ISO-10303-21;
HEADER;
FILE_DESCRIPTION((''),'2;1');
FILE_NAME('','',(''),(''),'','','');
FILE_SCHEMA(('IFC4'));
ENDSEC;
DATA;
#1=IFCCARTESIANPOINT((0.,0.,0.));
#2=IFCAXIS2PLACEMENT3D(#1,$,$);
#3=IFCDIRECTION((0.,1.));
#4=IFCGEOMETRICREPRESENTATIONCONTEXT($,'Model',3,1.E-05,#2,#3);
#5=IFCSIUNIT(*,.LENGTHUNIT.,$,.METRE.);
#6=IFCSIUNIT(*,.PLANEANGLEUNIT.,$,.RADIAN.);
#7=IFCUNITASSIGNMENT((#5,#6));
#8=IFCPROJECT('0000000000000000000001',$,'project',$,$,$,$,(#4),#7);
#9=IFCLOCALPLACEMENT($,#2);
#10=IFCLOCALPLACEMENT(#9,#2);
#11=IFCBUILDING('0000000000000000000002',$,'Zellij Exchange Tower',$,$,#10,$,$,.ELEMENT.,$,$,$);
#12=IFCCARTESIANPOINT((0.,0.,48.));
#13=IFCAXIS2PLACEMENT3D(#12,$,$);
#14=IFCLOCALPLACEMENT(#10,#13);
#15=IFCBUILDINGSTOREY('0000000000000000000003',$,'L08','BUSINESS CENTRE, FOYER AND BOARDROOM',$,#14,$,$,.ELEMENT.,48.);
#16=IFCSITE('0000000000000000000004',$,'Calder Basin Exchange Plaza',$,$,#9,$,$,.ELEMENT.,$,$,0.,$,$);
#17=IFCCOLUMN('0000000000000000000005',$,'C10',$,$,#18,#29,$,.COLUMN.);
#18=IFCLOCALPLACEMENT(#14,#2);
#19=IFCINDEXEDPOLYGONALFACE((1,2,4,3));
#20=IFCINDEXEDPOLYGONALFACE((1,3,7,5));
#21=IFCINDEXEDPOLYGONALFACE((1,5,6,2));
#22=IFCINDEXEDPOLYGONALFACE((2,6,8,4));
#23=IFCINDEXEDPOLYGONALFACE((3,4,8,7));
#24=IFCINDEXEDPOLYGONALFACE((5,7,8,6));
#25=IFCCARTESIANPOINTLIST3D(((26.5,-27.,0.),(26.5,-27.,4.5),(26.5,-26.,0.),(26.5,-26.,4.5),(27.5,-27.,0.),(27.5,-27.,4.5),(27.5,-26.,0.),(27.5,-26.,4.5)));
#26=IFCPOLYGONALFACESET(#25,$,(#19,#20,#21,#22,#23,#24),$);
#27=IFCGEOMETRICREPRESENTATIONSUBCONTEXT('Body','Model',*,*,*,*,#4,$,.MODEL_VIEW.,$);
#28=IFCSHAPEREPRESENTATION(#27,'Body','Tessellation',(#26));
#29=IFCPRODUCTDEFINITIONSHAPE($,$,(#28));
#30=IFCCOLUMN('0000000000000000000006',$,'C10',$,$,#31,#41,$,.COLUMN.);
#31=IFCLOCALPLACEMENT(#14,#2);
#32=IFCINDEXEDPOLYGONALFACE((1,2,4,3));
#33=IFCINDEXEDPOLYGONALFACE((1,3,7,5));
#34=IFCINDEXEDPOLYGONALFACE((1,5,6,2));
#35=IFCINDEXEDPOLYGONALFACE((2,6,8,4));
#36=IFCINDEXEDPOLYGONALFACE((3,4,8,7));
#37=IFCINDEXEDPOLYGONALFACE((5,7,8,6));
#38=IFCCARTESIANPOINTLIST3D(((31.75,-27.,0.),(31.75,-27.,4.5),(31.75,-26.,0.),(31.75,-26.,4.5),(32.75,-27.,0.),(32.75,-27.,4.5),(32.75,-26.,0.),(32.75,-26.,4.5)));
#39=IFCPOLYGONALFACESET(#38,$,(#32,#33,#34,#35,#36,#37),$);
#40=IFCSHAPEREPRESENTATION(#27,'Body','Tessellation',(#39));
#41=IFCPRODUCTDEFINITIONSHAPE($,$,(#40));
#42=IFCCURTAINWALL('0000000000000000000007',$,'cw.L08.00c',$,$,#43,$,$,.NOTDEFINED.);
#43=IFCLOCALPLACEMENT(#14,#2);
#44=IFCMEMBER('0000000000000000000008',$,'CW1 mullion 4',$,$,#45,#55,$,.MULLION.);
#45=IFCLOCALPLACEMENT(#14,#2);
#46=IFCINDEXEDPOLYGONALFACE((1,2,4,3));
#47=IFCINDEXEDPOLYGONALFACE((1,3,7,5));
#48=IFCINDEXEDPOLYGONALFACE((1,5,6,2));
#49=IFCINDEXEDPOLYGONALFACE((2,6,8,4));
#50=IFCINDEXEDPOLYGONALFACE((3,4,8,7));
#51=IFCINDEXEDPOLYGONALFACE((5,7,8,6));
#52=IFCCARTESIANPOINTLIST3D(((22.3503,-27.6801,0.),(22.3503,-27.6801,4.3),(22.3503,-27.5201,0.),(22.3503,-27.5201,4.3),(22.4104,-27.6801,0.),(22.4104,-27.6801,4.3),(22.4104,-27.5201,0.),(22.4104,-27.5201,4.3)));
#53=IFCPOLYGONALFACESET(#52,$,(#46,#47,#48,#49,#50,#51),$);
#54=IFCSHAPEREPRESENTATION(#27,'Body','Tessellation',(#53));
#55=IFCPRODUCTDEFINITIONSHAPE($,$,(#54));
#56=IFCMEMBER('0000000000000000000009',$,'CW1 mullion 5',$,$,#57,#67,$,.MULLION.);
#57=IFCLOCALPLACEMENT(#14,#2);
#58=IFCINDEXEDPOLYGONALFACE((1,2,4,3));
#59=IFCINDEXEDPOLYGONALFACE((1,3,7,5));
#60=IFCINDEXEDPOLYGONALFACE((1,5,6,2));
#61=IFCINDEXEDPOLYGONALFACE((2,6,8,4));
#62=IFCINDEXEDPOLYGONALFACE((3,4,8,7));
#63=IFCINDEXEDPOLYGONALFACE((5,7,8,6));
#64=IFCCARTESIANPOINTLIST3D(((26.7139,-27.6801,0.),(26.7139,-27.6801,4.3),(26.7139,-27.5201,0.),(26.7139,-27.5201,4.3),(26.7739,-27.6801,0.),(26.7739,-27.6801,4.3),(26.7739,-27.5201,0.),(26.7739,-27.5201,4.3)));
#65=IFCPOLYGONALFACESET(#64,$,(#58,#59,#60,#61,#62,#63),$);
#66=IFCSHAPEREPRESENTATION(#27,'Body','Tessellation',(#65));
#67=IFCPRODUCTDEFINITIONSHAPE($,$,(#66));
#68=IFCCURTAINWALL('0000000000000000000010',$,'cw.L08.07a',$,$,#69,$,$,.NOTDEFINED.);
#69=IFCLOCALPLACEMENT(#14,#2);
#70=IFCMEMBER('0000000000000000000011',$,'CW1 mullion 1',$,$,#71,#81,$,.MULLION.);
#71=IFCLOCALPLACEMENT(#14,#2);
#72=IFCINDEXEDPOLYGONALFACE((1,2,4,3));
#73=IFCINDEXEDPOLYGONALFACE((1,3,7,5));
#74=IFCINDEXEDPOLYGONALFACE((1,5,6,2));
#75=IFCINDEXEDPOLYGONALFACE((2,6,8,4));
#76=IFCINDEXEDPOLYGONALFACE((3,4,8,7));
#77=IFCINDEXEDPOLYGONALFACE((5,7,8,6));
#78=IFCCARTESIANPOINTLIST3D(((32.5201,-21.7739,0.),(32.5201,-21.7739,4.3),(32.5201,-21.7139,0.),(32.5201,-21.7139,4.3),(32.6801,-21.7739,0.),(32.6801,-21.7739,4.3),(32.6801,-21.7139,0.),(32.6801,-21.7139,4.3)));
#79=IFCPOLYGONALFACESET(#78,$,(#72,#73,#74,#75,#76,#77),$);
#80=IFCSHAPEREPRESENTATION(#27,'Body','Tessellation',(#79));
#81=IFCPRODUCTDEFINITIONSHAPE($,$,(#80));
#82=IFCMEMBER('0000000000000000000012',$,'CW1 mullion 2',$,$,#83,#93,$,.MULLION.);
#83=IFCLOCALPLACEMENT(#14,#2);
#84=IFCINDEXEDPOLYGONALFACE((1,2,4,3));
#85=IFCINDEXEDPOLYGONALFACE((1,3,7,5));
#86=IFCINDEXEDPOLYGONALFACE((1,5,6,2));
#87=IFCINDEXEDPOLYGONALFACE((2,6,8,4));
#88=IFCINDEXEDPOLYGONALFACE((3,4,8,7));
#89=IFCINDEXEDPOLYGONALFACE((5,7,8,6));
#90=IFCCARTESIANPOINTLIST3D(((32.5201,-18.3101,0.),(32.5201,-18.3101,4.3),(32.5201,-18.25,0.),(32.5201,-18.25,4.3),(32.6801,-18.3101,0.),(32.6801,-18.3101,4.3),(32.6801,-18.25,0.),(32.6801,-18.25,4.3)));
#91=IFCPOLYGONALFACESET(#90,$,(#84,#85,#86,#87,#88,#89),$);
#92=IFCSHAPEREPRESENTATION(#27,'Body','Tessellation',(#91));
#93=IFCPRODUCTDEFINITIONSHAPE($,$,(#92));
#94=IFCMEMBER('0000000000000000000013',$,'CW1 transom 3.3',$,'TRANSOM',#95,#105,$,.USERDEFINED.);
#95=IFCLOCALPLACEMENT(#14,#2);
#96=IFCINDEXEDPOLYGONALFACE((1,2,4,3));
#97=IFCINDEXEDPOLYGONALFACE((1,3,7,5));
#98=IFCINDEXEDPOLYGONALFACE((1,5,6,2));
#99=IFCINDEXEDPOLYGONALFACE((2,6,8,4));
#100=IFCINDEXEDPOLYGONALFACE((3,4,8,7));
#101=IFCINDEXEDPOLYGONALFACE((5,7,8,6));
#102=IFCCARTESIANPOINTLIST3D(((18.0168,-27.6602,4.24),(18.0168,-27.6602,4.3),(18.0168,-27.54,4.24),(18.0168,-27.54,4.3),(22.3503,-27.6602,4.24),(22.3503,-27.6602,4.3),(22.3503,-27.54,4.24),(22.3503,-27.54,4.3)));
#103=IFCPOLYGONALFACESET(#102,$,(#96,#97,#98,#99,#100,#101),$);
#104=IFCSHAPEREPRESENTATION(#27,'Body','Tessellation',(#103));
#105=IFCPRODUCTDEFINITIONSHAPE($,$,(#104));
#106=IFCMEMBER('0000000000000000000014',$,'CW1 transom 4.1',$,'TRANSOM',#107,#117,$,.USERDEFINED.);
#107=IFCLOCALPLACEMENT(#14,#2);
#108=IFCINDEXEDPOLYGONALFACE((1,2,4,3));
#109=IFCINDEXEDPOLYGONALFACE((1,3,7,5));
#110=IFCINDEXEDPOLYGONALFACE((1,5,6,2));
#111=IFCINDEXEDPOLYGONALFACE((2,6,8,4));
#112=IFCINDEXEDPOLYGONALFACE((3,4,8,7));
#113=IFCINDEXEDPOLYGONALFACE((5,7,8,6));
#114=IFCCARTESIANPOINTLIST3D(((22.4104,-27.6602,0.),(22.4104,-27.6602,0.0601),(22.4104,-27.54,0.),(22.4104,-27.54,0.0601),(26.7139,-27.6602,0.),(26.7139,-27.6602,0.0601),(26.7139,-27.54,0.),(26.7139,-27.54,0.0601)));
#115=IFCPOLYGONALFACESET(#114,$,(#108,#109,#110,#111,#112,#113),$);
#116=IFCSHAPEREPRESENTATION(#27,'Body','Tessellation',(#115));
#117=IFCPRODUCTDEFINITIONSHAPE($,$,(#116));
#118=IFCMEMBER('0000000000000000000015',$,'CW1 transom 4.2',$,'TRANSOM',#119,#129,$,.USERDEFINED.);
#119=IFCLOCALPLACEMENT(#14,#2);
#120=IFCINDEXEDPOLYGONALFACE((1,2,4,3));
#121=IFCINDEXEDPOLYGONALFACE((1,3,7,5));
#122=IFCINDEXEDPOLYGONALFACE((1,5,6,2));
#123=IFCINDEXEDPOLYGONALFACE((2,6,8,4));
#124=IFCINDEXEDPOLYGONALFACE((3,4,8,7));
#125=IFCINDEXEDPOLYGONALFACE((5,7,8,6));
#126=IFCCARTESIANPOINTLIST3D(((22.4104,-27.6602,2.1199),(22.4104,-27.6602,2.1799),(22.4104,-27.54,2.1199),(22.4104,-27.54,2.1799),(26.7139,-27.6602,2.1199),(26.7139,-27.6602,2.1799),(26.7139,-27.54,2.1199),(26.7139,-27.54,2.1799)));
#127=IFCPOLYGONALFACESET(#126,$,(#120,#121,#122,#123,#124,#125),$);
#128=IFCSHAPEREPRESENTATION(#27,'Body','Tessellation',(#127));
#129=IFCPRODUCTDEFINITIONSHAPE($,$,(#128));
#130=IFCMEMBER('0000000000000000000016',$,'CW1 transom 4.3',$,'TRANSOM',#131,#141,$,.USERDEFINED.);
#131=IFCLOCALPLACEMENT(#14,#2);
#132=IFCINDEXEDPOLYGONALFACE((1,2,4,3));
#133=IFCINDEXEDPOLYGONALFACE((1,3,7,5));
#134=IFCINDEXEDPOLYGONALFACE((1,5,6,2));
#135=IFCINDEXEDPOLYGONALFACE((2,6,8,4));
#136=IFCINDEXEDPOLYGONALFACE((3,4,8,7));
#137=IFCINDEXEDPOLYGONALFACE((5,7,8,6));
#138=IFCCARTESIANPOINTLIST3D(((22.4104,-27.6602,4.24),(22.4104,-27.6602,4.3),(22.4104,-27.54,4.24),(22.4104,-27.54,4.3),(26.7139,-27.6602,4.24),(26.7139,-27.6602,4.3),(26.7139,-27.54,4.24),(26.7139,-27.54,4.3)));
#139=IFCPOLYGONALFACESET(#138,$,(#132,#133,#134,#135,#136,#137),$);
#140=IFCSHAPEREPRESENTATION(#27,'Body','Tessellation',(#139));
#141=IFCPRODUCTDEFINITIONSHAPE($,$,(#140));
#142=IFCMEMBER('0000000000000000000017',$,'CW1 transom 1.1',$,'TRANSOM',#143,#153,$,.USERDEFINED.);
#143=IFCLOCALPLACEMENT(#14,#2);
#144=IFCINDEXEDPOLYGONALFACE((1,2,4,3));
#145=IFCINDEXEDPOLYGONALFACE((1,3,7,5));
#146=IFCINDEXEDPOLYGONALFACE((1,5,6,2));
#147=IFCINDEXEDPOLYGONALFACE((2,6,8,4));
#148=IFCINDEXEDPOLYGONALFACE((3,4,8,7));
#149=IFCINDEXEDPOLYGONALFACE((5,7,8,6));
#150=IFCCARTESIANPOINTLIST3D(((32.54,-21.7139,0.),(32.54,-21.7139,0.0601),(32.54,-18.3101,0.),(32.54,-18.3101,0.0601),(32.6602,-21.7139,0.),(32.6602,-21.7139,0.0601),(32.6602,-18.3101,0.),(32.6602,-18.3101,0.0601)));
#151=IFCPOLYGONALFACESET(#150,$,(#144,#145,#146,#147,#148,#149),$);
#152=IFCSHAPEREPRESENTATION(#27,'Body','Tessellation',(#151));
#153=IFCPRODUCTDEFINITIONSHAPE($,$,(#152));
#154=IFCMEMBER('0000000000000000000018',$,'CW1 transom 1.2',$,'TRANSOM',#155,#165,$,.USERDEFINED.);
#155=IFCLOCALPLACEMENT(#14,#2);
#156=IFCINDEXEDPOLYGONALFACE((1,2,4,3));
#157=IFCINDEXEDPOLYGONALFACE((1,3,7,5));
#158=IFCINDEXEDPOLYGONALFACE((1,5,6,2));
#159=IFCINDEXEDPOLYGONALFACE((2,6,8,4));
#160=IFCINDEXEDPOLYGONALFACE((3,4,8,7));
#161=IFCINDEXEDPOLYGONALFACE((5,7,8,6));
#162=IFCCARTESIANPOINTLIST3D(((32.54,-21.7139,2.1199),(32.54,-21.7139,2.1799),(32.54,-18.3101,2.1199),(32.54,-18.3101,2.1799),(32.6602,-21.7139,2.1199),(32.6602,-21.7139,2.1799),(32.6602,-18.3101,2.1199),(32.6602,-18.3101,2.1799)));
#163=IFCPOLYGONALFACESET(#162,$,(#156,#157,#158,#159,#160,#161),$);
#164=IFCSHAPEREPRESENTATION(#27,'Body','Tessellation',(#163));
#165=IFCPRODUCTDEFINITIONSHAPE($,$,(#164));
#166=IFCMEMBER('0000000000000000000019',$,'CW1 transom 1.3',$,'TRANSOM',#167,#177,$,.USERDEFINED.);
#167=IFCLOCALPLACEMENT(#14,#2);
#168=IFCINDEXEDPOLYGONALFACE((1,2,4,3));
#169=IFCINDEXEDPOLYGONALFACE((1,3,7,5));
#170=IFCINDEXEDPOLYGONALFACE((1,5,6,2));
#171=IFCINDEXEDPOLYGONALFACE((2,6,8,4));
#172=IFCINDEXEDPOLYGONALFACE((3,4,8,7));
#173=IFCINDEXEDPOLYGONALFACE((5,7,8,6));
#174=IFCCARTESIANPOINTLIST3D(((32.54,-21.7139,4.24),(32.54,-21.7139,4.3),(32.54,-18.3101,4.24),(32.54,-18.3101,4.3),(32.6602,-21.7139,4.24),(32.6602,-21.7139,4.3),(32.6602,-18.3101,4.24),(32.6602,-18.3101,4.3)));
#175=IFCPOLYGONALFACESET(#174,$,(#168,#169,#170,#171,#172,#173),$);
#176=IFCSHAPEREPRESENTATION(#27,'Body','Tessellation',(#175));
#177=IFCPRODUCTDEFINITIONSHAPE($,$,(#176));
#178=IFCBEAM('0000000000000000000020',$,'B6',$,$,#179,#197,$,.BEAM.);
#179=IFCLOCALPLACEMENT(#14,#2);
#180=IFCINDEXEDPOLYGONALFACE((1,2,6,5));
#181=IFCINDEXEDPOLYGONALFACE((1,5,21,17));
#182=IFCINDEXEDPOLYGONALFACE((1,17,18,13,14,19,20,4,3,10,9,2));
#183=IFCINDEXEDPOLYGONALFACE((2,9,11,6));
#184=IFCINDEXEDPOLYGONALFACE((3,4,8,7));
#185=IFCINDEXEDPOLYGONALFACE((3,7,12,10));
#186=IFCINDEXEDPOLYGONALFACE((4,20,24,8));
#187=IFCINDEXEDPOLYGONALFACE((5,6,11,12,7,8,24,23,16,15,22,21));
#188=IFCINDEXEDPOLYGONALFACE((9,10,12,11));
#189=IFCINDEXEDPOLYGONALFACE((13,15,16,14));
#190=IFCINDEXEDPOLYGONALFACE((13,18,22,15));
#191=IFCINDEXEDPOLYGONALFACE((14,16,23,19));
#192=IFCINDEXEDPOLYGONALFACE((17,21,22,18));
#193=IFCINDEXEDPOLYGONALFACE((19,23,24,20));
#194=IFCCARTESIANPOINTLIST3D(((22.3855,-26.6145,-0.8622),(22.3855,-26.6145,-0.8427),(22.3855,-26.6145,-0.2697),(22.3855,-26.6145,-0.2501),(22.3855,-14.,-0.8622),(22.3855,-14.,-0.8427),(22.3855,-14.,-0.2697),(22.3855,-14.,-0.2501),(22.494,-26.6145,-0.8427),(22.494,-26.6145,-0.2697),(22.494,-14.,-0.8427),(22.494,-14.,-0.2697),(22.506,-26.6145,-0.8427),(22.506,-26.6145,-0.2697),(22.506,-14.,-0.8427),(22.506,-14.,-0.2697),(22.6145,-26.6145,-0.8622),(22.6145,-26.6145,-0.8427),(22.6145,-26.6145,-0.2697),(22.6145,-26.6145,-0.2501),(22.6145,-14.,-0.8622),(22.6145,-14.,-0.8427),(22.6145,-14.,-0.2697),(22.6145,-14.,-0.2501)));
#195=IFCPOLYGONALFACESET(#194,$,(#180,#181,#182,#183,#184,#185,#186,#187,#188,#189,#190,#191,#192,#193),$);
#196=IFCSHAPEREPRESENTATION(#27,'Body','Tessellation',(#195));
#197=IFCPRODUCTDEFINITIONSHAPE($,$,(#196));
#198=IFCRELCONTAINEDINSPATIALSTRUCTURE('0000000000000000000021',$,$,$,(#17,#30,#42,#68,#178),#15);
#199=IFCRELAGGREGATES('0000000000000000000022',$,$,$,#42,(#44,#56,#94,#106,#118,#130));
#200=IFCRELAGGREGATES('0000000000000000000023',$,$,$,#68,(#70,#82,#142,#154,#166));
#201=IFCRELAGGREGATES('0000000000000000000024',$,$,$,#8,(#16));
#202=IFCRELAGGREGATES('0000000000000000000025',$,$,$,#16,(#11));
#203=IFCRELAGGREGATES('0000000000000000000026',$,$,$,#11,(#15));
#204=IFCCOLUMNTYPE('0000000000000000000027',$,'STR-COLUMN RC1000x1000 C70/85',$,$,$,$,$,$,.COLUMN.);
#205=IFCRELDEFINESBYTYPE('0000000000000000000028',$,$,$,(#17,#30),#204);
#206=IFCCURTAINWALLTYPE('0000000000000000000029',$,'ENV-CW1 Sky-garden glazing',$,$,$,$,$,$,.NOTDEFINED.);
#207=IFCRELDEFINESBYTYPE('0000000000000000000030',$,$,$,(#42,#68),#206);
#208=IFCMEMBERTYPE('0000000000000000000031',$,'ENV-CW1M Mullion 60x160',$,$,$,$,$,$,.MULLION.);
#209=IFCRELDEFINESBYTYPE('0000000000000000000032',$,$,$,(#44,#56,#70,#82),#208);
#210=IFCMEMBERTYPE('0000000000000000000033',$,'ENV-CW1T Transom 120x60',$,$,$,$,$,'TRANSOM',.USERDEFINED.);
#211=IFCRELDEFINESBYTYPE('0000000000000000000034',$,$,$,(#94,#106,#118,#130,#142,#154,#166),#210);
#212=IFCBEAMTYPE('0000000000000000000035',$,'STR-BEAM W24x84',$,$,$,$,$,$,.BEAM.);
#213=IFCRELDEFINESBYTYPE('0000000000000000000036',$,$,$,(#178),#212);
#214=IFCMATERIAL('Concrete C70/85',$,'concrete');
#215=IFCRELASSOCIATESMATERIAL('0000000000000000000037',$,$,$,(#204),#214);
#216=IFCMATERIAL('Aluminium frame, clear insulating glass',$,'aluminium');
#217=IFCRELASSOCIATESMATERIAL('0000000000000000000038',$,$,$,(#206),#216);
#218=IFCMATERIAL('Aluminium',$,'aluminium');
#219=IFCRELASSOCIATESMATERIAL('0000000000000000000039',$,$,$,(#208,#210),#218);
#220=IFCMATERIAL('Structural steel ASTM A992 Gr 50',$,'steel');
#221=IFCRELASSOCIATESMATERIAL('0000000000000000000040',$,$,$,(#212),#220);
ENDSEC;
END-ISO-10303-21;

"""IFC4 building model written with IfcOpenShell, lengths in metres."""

from ifc_helpers import new_model, si_unit, direction, frame, origin, origin_2d, place, context, subcontext, project, spatial, rectangle, i_section, extrude, material, material_profile, profile_set, type_object, element, aggregate, save


model = new_model("IFC4")

# Units and contexts
model_context = context("Model", 3, precision=1e-05, world=origin(), true_north=direction((0.0, 1.0)))
body_context = subcontext(model_context, "Body", "Model", "MODEL_VIEW")
ifc_project = project(units=[si_unit("LENGTHUNIT", "METRE"), si_unit("PLANEANGLEUNIT", "RADIAN")], contexts=[model_context])

# Site, building, storey
site_placement = place(None, origin())
site = spatial("IfcSite", under=ifc_project, at=site_placement, Name="Calder Basin Exchange Plaza", CompositionType="ELEMENT", RefElevation=0.0)
building_placement = place(site_placement, origin())
building = spatial("IfcBuilding", under=site, at=building_placement, Name="Zellij Exchange Tower", CompositionType="ELEMENT")
storey_placement = place(building_placement, frame((0.0, 0.0, 48.0)))
storey = spatial("IfcBuildingStorey", under=building, at=storey_placement, Name="L08", Description="BUSINESS CENTRE, FOYER AND BOARDROOM", CompositionType="ELEMENT", Elevation=48.0)

# Columns
ifc_material_1 = material(Name="Concrete C70/85", Category="concrete")
ifc_material_profile_1 = material_profile(ifc_material_1, rectangle(XDim=1.0, YDim=1.0, at=origin_2d()), Name="STR-COLUMN RC1000x1000 C70/85")
ifc_profile_set_1 = profile_set([ifc_material_profile_1], Name="Concrete C70/85")
column_type = type_object("IfcColumnType", Name="STR-COLUMN RC1000x1000 C70/85", PredefinedType="COLUMN", material=ifc_profile_set_1)
for number, where, z_axis, x_axis, name in (
    (1, (27.0, -26.5, 0.0), (0.0, 0.0, 1.0), (1.0, 0.0, 0.0), "C10"),
    (2, (32.25, -26.5, 0.0), (0.0, 0.0, 1.0), (1.0, 0.0, 0.0), "C10"),
):
    element("IfcColumn", number, at=place(storey_placement, frame(where, z_axis=z_axis, x_axis=x_axis)), inside=storey, type_object=column_type, Name=name, PredefinedType="COLUMN", context=body_context, shape_type="SweptSolid", body=[
        extrude(rectangle(XDim=1.0, YDim=1.0, at=origin_2d()), origin(), (0.0, 0.0, 1.0), 4.5),
    ])

# Curtain walls, members
ifc_material_2 = material(Name="Aluminium frame, clear insulating glass", Category="aluminium")
curtain_wall_type = type_object("IfcCurtainWallType", Name="ENV-CW1 Sky-garden glazing", PredefinedType="NOTDEFINED", material=ifc_material_2)
curtain_wall_1_placement = place(storey_placement, origin())
curtain_wall_1 = element("IfcCurtainWall", 3, at=curtain_wall_1_placement, inside=storey, type_object=curtain_wall_type, Name="cw.L08.00c", PredefinedType="NOTDEFINED")
ifc_material_3 = material(Name="Aluminium", Category="aluminium")
ifc_material_profile_2 = material_profile(ifc_material_3, rectangle(XDim=0.0601, YDim=0.1599, at=origin_2d()), Name="AL 60x160")
ifc_profile_set_2 = profile_set([ifc_material_profile_2], Name="Aluminium")
member_type_1 = type_object("IfcMemberType", Name="ENV-CW1M Mullion 60x160", PredefinedType="MULLION", material=ifc_profile_set_2)
member_1_placement = place(storey_placement, frame((22.3804, -27.6001, 0.0), z_axis=(0.0, 0.0, 1.0), x_axis=(1.0, 0.0, 0.0)))
member_1 = element("IfcMember", 4, at=member_1_placement, type_object=member_type_1, Name="CW1 mullion 4", PredefinedType="MULLION", context=body_context, shape_type="SweptSolid", body=[
    extrude(rectangle(XDim=0.0601, YDim=0.1599, at=origin_2d()), origin(), (0.0, 0.0, 1.0), 4.3),
])
member_2_placement = place(storey_placement, frame((26.7439, -27.6001, 0.0), z_axis=(0.0, 0.0, 1.0), x_axis=(1.0, 0.0, 0.0)))
member_2 = element("IfcMember", 5, at=member_2_placement, type_object=member_type_1, Name="CW1 mullion 5", PredefinedType="MULLION", context=body_context, shape_type="SweptSolid", body=[
    extrude(rectangle(XDim=0.0601, YDim=0.1599, at=origin_2d()), origin(), (0.0, 0.0, 1.0), 4.3),
])
curtain_wall_2_placement = place(storey_placement, origin())
curtain_wall_2 = element("IfcCurtainWall", 6, at=curtain_wall_2_placement, inside=storey, type_object=curtain_wall_type, Name="cw.L08.07a", PredefinedType="NOTDEFINED")
member_3_placement = place(storey_placement, frame((32.6001, -21.7439, 0.0), z_axis=(0.0, 0.0, 1.0), x_axis=(0.0, 1.0, 0.0)))
member_3 = element("IfcMember", 7, at=member_3_placement, type_object=member_type_1, Name="CW1 mullion 1", PredefinedType="MULLION", context=body_context, shape_type="SweptSolid", body=[
    extrude(rectangle(XDim=0.0601, YDim=0.1599, at=origin_2d()), origin(), (0.0, 0.0, 1.0), 4.3),
])
member_4_placement = place(storey_placement, frame((32.6001, -18.28, 0.0), z_axis=(0.0, 0.0, 1.0), x_axis=(0.0, 1.0, 0.0)))
member_4 = element("IfcMember", 8, at=member_4_placement, type_object=member_type_1, Name="CW1 mullion 2", PredefinedType="MULLION", context=body_context, shape_type="SweptSolid", body=[
    extrude(rectangle(XDim=0.0601, YDim=0.1599, at=origin_2d()), origin(), (0.0, 0.0, 1.0), 4.3),
])

# Members
ifc_material_profile_3 = material_profile(ifc_material_3, rectangle(XDim=0.1201, YDim=0.0601, at=origin_2d()), Name="AL 120x60")
ifc_profile_set_3 = profile_set([ifc_material_profile_3], Name="Aluminium")
member_type_2 = type_object("IfcMemberType", Name="ENV-CW1T Transom 120x60", ElementType="TRANSOM", PredefinedType="USERDEFINED", material=ifc_profile_set_3)
member_5_placement = place(storey_placement, frame((18.0168, -27.6001, 4.27), z_axis=(1.0, 0.0, 0.0), x_axis=(0.0, 1.0, 0.0)))
member_5 = element("IfcMember", 9, at=member_5_placement, type_object=member_type_2, Name="CW1 transom 3.3", ObjectType="TRANSOM", PredefinedType="USERDEFINED", context=body_context, shape_type="SweptSolid", body=[
    extrude(rectangle(XDim=0.1201, YDim=0.0601, at=origin_2d()), origin(), (0.0, 0.0, 1.0), 4.3335),
])
member_6_placement = place(storey_placement, frame((22.4104, -27.6001, 0.03), z_axis=(1.0, 0.0, 0.0), x_axis=(0.0, 1.0, 0.0)))
member_6 = element("IfcMember", 10, at=member_6_placement, type_object=member_type_2, Name="CW1 transom 4.1", ObjectType="TRANSOM", PredefinedType="USERDEFINED", context=body_context, shape_type="SweptSolid", body=[
    extrude(rectangle(XDim=0.1201, YDim=0.0601, at=origin_2d()), origin(), (0.0, 0.0, 1.0), 4.3035),
])
member_7_placement = place(storey_placement, frame((22.4104, -27.6001, 2.1499), z_axis=(1.0, 0.0, 0.0), x_axis=(0.0, 1.0, 0.0)))
member_7 = element("IfcMember", 11, at=member_7_placement, type_object=member_type_2, Name="CW1 transom 4.2", ObjectType="TRANSOM", PredefinedType="USERDEFINED", context=body_context, shape_type="SweptSolid", body=[
    extrude(rectangle(XDim=0.1201, YDim=0.0601, at=origin_2d()), origin(), (0.0, 0.0, 1.0), 4.3035),
])
member_8_placement = place(storey_placement, frame((22.4104, -27.6001, 4.27), z_axis=(1.0, 0.0, 0.0), x_axis=(0.0, 1.0, 0.0)))
member_8 = element("IfcMember", 12, at=member_8_placement, type_object=member_type_2, Name="CW1 transom 4.3", ObjectType="TRANSOM", PredefinedType="USERDEFINED", context=body_context, shape_type="SweptSolid", body=[
    extrude(rectangle(XDim=0.1201, YDim=0.0601, at=origin_2d()), origin(), (0.0, 0.0, 1.0), 4.3035),
])
member_9_placement = place(storey_placement, frame((32.6001, -21.7139, 0.03), z_axis=(0.0, 1.0, 0.0), x_axis=(-1.0, 0.0, 0.0)))
member_9 = element("IfcMember", 13, at=member_9_placement, type_object=member_type_2, Name="CW1 transom 1.1", ObjectType="TRANSOM", PredefinedType="USERDEFINED", context=body_context, shape_type="SweptSolid", body=[
    extrude(rectangle(XDim=0.1201, YDim=0.0601, at=origin_2d()), origin(), (0.0, 0.0, 1.0), 3.4038),
])
member_10_placement = place(storey_placement, frame((32.6001, -21.7139, 2.1499), z_axis=(0.0, 1.0, 0.0), x_axis=(-1.0, 0.0, 0.0)))
member_10 = element("IfcMember", 14, at=member_10_placement, type_object=member_type_2, Name="CW1 transom 1.2", ObjectType="TRANSOM", PredefinedType="USERDEFINED", context=body_context, shape_type="SweptSolid", body=[
    extrude(rectangle(XDim=0.1201, YDim=0.0601, at=origin_2d()), origin(), (0.0, 0.0, 1.0), 3.4038),
])
member_11_placement = place(storey_placement, frame((32.6001, -21.7139, 4.27), z_axis=(0.0, 1.0, 0.0), x_axis=(-1.0, 0.0, 0.0)))
member_11 = element("IfcMember", 15, at=member_11_placement, type_object=member_type_2, Name="CW1 transom 1.3", ObjectType="TRANSOM", PredefinedType="USERDEFINED", context=body_context, shape_type="SweptSolid", body=[
    extrude(rectangle(XDim=0.1201, YDim=0.0601, at=origin_2d()), origin(), (0.0, 0.0, 1.0), 3.4038),
])

# Beam
ifc_material_4 = material(Name="Structural steel ASTM A992 Gr 50", Category="steel")
ifc_material_profile_4 = material_profile(ifc_material_4, i_section(OverallWidth=0.229, OverallDepth=0.6121, WebThickness=0.012, FlangeThickness=0.0195, at=origin_2d()), Name="W24x84")
ifc_profile_set_4 = profile_set([ifc_material_profile_4], Name="Structural steel ASTM A992 Gr 50")
beam_type_1 = type_object("IfcBeamType", Name="STR-BEAM W24x84", PredefinedType="BEAM", material=ifc_profile_set_4)
beam_1_placement = place(storey_placement, frame((22.5, -26.6145, -0.5562), z_axis=(0.0, 1.0, 0.0), x_axis=(-1.0, 0.0, 0.0)))
element("IfcBeam", 16, at=beam_1_placement, inside=storey, type_object=beam_type_1, Name="B6", PredefinedType="BEAM", context=body_context, shape_type="SweptSolid", body=[
    extrude(i_section(OverallWidth=0.229, OverallDepth=0.6121, WebThickness=0.012, FlangeThickness=0.0195, at=origin_2d()), origin(), (0.0, 0.0, 1.0), 12.6145),
])

aggregate(curtain_wall_1, [member_1, member_2, member_5, member_6, member_7, member_8])
aggregate(curtain_wall_2, [member_3, member_4, member_9, member_10, member_11])

save(model, "model.ifc")
